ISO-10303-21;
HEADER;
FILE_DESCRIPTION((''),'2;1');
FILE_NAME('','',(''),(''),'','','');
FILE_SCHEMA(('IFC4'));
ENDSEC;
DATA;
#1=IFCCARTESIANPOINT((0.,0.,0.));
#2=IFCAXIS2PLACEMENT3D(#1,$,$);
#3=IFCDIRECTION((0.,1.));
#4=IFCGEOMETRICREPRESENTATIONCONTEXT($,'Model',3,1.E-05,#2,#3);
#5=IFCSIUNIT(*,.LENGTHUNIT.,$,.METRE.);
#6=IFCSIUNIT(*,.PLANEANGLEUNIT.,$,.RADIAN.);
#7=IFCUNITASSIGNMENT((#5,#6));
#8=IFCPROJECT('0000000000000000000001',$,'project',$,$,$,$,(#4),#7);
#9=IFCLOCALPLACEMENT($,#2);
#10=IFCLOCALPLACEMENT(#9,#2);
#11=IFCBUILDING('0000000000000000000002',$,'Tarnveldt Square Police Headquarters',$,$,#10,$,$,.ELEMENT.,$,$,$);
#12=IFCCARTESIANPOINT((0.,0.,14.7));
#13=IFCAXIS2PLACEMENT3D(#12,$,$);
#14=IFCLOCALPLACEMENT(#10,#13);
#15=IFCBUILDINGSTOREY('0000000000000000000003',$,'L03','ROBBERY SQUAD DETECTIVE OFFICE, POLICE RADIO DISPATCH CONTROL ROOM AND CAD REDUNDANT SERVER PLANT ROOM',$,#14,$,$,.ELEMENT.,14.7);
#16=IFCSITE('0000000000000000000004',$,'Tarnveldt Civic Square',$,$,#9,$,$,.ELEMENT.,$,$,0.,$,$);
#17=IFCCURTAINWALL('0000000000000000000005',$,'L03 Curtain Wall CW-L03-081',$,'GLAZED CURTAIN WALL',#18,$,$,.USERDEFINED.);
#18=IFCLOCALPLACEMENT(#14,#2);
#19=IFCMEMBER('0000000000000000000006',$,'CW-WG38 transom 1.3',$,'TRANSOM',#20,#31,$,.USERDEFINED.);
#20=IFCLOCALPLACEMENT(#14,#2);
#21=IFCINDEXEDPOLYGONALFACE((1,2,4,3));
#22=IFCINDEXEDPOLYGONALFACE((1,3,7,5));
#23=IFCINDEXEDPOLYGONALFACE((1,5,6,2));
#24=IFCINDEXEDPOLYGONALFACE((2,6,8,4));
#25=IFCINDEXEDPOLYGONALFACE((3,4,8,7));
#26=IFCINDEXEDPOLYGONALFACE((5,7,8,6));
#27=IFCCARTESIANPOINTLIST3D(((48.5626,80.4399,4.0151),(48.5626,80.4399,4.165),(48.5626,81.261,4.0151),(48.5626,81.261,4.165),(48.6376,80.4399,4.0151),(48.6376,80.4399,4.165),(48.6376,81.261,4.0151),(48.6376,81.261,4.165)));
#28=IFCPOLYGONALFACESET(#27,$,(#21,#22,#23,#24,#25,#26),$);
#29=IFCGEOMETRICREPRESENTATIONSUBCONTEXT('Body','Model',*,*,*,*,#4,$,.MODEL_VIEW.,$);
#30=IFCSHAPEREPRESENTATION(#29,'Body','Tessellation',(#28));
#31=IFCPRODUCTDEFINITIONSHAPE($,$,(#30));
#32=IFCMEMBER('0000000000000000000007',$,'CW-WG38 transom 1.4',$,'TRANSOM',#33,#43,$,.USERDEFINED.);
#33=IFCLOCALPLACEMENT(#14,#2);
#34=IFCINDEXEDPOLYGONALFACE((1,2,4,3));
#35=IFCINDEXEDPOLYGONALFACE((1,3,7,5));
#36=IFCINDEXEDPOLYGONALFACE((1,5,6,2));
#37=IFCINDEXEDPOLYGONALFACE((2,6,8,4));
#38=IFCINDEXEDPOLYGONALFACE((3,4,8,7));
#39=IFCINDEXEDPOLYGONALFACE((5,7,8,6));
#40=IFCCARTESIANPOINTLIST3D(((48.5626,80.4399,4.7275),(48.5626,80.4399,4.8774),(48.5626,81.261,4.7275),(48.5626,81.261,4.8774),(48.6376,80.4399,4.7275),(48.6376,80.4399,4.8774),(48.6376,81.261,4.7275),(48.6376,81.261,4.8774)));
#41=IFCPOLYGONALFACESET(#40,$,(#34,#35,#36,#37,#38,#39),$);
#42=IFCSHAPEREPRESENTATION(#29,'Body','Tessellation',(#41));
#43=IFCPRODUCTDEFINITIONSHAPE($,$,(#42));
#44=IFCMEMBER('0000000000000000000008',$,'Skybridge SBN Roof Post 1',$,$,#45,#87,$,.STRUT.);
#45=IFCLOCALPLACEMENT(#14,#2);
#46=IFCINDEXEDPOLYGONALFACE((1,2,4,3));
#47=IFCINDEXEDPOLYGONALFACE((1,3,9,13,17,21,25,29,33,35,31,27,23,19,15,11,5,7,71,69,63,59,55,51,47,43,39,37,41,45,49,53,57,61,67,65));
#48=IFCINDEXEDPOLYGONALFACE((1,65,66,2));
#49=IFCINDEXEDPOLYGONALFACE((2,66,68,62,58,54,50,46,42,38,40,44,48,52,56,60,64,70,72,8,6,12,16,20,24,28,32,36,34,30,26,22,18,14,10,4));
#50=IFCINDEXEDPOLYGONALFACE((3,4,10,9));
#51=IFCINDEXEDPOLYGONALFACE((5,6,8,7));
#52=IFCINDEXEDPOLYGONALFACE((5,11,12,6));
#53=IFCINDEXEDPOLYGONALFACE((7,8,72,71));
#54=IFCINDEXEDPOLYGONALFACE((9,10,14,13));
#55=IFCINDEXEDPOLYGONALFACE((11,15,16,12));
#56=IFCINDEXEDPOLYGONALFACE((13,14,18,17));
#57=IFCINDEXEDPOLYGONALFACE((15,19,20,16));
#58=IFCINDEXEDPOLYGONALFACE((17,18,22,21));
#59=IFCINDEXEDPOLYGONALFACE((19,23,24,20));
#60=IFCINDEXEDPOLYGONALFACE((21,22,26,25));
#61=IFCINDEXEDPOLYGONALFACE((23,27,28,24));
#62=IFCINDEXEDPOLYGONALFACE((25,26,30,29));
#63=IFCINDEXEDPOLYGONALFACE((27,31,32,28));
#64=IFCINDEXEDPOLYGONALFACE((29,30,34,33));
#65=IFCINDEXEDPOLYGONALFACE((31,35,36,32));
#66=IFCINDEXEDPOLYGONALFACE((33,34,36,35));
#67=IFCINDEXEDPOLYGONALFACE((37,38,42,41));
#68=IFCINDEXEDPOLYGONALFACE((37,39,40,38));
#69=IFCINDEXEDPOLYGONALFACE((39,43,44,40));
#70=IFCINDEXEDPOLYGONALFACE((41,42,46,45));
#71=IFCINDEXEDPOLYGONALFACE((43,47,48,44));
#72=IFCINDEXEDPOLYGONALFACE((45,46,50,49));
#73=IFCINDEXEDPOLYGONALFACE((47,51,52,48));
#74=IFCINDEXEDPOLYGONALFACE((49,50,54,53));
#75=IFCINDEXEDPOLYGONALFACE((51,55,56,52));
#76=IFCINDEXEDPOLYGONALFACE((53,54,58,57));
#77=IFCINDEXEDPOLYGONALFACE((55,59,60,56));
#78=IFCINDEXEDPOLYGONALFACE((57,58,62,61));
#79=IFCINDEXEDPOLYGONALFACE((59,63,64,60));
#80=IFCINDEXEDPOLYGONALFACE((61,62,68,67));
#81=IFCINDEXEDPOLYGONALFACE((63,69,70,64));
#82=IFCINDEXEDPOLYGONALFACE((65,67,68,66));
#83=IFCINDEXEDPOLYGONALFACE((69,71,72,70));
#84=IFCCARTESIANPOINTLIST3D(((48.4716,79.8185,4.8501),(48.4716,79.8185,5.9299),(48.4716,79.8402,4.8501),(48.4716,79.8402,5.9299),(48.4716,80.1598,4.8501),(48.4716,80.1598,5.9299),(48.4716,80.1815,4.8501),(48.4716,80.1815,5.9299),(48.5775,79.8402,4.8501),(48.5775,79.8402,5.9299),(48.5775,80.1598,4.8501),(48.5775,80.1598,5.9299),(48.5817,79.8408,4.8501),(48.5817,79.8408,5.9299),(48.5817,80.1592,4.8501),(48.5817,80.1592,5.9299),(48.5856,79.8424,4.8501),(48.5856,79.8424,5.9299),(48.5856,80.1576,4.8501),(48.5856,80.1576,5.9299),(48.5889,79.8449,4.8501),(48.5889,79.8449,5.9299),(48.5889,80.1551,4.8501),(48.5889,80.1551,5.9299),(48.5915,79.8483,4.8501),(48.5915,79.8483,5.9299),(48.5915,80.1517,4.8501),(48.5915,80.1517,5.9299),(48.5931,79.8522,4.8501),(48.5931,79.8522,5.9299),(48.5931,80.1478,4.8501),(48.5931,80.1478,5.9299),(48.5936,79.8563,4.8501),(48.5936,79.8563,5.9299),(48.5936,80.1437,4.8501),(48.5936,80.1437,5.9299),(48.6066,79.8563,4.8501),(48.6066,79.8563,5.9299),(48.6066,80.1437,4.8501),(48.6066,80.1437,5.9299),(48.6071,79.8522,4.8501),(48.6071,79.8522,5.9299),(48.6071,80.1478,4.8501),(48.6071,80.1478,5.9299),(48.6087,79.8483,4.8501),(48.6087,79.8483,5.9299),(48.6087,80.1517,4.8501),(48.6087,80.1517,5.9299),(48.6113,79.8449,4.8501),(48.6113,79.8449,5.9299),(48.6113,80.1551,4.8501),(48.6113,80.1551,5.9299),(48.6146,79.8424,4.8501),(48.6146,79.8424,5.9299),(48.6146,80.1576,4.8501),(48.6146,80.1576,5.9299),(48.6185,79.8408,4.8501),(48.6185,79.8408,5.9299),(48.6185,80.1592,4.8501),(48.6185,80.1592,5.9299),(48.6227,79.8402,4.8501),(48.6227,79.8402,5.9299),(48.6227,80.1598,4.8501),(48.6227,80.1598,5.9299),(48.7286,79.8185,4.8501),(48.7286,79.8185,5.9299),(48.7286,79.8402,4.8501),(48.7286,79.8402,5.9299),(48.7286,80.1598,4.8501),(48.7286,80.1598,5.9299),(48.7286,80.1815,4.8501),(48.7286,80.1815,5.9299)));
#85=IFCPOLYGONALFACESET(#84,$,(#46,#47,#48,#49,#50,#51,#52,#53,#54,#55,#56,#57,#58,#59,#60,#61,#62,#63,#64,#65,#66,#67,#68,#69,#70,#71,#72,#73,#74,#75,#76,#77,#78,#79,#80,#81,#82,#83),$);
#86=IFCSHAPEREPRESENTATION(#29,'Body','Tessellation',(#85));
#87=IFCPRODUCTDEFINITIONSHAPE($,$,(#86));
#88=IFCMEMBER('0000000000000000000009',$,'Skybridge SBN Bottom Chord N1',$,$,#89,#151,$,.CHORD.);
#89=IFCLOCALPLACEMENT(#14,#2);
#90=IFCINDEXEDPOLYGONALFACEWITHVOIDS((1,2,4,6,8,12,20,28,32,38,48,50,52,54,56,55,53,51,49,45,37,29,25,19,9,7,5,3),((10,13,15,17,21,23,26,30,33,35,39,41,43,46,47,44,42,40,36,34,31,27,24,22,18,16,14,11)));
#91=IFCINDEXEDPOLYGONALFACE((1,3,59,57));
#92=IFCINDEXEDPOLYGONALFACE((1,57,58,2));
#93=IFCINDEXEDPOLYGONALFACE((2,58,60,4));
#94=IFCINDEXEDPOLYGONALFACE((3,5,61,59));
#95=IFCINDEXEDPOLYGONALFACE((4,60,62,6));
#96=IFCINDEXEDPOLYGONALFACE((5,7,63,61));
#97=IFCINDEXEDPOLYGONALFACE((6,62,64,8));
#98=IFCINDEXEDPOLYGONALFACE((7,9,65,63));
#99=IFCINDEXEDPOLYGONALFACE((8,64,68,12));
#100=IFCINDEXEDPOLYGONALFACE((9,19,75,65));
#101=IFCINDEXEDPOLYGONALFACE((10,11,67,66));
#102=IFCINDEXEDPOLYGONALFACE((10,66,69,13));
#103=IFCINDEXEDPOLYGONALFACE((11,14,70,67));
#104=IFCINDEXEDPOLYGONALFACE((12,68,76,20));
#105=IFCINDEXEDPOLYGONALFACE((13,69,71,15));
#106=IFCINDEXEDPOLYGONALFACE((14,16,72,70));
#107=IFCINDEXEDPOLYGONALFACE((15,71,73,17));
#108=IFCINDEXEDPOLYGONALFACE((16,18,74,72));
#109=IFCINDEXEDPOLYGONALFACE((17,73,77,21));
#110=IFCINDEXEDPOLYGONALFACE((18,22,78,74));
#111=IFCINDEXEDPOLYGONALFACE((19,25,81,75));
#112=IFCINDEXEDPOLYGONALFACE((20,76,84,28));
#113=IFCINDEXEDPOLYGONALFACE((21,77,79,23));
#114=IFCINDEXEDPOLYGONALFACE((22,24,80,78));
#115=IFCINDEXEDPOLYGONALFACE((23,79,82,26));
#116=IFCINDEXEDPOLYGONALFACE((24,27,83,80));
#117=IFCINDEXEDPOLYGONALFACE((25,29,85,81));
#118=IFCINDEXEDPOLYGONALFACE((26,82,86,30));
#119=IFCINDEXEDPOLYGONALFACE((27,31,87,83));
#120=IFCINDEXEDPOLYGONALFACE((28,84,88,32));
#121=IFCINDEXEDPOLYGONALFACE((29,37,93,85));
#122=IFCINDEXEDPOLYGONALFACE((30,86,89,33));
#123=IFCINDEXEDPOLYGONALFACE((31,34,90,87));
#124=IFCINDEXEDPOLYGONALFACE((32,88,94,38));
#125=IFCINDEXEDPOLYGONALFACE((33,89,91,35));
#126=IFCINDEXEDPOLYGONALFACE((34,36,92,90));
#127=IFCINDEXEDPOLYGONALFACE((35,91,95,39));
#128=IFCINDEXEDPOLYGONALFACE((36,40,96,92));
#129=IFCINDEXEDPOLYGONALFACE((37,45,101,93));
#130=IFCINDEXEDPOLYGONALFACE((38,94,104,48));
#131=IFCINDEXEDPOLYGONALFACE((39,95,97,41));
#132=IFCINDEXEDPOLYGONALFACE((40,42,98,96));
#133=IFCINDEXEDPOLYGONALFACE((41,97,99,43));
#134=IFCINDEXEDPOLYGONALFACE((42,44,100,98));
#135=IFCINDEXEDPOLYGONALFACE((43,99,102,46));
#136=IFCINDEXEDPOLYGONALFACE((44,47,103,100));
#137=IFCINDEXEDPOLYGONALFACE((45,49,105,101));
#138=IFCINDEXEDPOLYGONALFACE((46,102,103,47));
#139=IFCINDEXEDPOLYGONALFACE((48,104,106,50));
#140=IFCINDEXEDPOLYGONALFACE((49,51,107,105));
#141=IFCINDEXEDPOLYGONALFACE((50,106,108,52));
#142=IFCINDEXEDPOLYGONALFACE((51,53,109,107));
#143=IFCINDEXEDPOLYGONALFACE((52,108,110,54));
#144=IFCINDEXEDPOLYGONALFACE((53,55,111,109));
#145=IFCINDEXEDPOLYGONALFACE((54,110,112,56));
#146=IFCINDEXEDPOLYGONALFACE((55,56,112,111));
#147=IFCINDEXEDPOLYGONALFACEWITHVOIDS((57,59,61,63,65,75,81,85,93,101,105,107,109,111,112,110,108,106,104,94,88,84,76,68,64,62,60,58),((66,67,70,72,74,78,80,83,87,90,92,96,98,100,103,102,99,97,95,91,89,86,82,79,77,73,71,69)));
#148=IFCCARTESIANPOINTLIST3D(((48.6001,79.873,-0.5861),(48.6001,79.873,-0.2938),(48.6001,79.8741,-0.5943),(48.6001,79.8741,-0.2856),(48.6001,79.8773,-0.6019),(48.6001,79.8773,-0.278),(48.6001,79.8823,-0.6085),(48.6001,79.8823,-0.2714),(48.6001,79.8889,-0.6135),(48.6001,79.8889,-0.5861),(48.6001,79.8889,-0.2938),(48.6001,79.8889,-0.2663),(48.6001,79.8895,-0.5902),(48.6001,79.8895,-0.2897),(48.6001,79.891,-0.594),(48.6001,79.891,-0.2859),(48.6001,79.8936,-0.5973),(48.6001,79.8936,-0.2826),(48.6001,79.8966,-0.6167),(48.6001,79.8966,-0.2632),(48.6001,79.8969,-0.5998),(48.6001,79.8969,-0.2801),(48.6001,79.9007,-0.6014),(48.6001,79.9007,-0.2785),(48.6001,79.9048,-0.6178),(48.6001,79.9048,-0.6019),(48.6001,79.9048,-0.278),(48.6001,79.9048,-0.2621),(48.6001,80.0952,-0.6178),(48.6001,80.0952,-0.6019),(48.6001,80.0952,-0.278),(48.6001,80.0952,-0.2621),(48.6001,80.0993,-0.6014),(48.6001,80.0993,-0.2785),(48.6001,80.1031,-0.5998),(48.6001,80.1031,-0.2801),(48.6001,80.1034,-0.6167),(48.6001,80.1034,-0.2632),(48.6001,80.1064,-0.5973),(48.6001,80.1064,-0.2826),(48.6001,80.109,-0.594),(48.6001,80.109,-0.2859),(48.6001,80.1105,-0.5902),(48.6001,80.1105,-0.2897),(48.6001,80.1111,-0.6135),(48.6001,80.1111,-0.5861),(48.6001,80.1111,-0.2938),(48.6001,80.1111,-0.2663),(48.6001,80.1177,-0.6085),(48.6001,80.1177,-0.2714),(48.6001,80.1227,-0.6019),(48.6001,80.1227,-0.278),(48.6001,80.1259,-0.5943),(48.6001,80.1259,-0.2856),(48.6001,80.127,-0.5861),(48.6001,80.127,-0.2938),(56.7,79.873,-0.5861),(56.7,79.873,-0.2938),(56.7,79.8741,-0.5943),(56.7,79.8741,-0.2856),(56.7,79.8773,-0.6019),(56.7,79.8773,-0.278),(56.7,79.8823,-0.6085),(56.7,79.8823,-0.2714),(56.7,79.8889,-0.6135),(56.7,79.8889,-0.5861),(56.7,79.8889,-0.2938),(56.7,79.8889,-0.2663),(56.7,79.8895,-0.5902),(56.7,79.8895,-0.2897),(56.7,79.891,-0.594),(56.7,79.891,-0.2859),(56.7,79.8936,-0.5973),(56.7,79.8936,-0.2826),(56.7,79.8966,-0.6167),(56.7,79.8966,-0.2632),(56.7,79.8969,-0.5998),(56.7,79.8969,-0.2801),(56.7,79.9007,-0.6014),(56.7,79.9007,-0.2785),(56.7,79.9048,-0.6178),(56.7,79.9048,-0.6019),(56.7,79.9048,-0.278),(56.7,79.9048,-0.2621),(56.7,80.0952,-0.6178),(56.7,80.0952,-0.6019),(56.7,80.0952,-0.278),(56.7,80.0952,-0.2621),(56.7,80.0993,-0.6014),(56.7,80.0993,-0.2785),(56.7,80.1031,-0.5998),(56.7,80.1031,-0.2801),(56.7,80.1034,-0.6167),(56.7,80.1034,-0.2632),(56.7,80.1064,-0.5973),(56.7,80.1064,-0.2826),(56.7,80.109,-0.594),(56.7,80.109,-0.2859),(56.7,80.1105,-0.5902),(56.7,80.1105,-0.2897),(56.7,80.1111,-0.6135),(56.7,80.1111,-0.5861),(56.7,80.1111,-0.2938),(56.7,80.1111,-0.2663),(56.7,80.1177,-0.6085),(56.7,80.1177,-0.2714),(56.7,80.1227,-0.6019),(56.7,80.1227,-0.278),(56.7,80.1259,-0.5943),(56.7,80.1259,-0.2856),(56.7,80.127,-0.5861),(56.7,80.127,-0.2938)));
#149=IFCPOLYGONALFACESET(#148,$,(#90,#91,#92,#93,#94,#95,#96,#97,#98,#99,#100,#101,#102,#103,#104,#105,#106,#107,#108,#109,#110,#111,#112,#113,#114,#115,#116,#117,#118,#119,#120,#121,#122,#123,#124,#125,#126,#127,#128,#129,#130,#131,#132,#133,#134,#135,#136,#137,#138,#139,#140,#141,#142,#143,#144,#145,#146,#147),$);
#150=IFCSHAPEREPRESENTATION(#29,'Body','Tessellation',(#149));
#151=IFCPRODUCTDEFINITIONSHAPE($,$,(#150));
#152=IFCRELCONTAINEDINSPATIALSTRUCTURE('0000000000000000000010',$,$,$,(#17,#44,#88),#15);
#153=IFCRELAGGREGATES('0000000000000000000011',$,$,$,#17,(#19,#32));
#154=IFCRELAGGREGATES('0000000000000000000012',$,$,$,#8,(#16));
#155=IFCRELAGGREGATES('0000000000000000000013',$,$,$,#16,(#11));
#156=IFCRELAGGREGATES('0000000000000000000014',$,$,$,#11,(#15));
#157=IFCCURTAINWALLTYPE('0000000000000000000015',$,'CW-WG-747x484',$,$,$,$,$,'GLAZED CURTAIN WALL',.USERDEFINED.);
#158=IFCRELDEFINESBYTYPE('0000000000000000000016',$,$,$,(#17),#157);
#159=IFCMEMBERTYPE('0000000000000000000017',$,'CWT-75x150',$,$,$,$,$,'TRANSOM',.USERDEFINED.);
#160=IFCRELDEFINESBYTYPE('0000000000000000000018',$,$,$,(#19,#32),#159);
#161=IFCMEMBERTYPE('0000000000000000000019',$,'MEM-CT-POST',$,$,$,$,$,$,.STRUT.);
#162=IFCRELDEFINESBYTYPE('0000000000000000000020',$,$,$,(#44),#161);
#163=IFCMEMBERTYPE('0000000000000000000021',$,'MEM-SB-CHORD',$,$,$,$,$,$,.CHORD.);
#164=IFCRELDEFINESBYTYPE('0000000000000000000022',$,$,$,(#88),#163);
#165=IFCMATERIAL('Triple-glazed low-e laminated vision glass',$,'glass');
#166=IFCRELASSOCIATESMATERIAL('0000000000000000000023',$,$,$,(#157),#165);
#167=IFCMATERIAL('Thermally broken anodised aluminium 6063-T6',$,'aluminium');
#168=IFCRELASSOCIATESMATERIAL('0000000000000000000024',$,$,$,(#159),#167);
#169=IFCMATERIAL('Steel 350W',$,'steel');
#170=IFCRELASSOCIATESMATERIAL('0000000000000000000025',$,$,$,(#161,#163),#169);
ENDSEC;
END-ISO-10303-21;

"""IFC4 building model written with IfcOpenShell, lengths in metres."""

from ifc_helpers import new_model, si_unit, direction, frame, origin, origin_2d, place, context, subcontext, project, spatial, rectangle, hollow_rectangle, i_section, extrude, material, material_profile, profile_set, type_object, element, aggregate, save


model = new_model("IFC4")

# Units and contexts
model_context = context("Model", 3, precision=1e-05, world=origin(), true_north=direction((0.0, 1.0)))
body_context = subcontext(model_context, "Body", "Model", "MODEL_VIEW")
ifc_project = project(units=[si_unit("LENGTHUNIT", "METRE"), si_unit("PLANEANGLEUNIT", "RADIAN")], contexts=[model_context])

# Site, building, storey
site_placement = place(None, origin())
site = spatial("IfcSite", under=ifc_project, at=site_placement, Name="Tarnveldt Civic Square", CompositionType="ELEMENT", RefElevation=0.0)
building_placement = place(site_placement, origin())
building = spatial("IfcBuilding", under=site, at=building_placement, Name="Tarnveldt Square Police Headquarters", CompositionType="ELEMENT")
storey_placement = place(building_placement, frame((0.0, 0.0, 14.7)))
storey = spatial("IfcBuildingStorey", under=building, at=storey_placement, Name="L03", Description="ROBBERY SQUAD DETECTIVE OFFICE, POLICE RADIO DISPATCH CONTROL ROOM AND CAD REDUNDANT SERVER PLANT ROOM", CompositionType="ELEMENT", Elevation=14.7)

# Shared definitions
ifc_material_1 = material(Name="Steel 350W", Category="steel")

# Curtain wall, members
ifc_material_2 = material(Name="Triple-glazed low-e laminated vision glass", Category="glass")
curtain_wall_type = type_object("IfcCurtainWallType", Name="CW-WG-747x484", ElementType="GLAZED CURTAIN WALL", PredefinedType="USERDEFINED", material=ifc_material_2)
curtain_wall_placement = place(storey_placement, origin())
curtain_wall = element("IfcCurtainWall", 1, at=curtain_wall_placement, inside=storey, type_object=curtain_wall_type, Name="L03 Curtain Wall CW-L03-081", ObjectType="GLAZED CURTAIN WALL", PredefinedType="USERDEFINED")
ifc_material_3 = material(Name="Thermally broken anodised aluminium 6063-T6", Category="aluminium")
ifc_material_profile_1 = material_profile(ifc_material_3, rectangle(XDim=0.075, YDim=0.1499, at=origin_2d()), Name="CW-T75x150")
ifc_profile_set_1 = profile_set([ifc_material_profile_1], Name="Thermally broken anodised aluminium 6063-T6")
member_type_1 = type_object("IfcMemberType", Name="CWT-75x150", ElementType="TRANSOM", PredefinedType="USERDEFINED", material=ifc_profile_set_1)
member_1_placement = place(storey_placement, frame((48.6001, 80.4399, 4.0901), z_axis=(0.0, 1.0, 0.0), x_axis=(-1.0, 0.0, 0.0)))
member_1 = element("IfcMember", 2, at=member_1_placement, type_object=member_type_1, Name="CW-WG38 transom 1.3", ObjectType="TRANSOM", PredefinedType="USERDEFINED", context=body_context, shape_type="SweptSolid", body=[
    extrude(rectangle(XDim=0.075, YDim=0.1499, at=origin_2d()), origin(), (0.0, 0.0, 1.0), 0.821),
])
member_2_placement = place(storey_placement, frame((48.6001, 80.4399, 4.8025), z_axis=(0.0, 1.0, 0.0), x_axis=(-1.0, 0.0, 0.0)))
member_2 = element("IfcMember", 3, at=member_2_placement, type_object=member_type_1, Name="CW-WG38 transom 1.4", ObjectType="TRANSOM", PredefinedType="USERDEFINED", context=body_context, shape_type="SweptSolid", body=[
    extrude(rectangle(XDim=0.075, YDim=0.1499, at=origin_2d()), origin(), (0.0, 0.0, 1.0), 0.821),
])
aggregate(curtain_wall, [member_1, member_2])

# Members
ifc_material_profile_2 = material_profile(ifc_material_1, i_section(OverallWidth=0.2571, OverallDepth=0.363, WebThickness=0.0129, FlangeThickness=0.0217, FilletRadius=0.0161, at=origin_2d()), Name="W360x122")
ifc_profile_set_2 = profile_set([ifc_material_profile_2], Name="Steel 350W")
member_type_2 = type_object("IfcMemberType", Name="MEM-CT-POST", PredefinedType="STRUT", material=ifc_profile_set_2)
member_3_placement = place(storey_placement, frame((48.6001, 80.0, 4.8501), z_axis=(0.0, 0.0, 1.0), x_axis=(1.0, 0.0, 0.0)))
element("IfcMember", 4, at=member_3_placement, inside=storey, type_object=member_type_2, Name="Skybridge SBN Roof Post 1", PredefinedType="STRUT", context=body_context, shape_type="SweptSolid", body=[
    extrude(i_section(OverallWidth=0.2571, OverallDepth=0.363, WebThickness=0.0129, FlangeThickness=0.0217, FilletRadius=0.0161, at=origin_2d()), origin(), (0.0, 0.0, 1.0), 1.0798),
])
ifc_material_profile_3 = material_profile(ifc_material_1, hollow_rectangle(XDim=0.2539, YDim=0.3557, WallThickness=0.0159, InnerFilletRadius=0.0159, OuterFilletRadius=0.0317, at=origin_2d()), Name="HSS356x254x16")
ifc_profile_set_3 = profile_set([ifc_material_profile_3], Name="Steel 350W")
member_type_3 = type_object("IfcMemberType", Name="MEM-SB-CHORD", PredefinedType="CHORD", material=ifc_profile_set_3)
for number, where, z_axis, x_axis, name in (
    (5, (48.6001, 80.0, -0.4399), (1.0, 0.0, 0.0), (0.0, 1.0, 0.0), "Skybridge SBN Bottom Chord N1"),
):
    element("IfcMember", number, at=place(storey_placement, frame(where, z_axis=z_axis, x_axis=x_axis)), inside=storey, type_object=member_type_3, Name=name, PredefinedType="CHORD", context=body_context, shape_type="SweptSolid", body=[
        extrude(hollow_rectangle(XDim=0.2539, YDim=0.3557, WallThickness=0.0159, InnerFilletRadius=0.0159, OuterFilletRadius=0.0317, at=origin_2d()), origin(), (0.0, 0.0, 1.0), 8.0999),
    ])

save(model, "model.ifc")
